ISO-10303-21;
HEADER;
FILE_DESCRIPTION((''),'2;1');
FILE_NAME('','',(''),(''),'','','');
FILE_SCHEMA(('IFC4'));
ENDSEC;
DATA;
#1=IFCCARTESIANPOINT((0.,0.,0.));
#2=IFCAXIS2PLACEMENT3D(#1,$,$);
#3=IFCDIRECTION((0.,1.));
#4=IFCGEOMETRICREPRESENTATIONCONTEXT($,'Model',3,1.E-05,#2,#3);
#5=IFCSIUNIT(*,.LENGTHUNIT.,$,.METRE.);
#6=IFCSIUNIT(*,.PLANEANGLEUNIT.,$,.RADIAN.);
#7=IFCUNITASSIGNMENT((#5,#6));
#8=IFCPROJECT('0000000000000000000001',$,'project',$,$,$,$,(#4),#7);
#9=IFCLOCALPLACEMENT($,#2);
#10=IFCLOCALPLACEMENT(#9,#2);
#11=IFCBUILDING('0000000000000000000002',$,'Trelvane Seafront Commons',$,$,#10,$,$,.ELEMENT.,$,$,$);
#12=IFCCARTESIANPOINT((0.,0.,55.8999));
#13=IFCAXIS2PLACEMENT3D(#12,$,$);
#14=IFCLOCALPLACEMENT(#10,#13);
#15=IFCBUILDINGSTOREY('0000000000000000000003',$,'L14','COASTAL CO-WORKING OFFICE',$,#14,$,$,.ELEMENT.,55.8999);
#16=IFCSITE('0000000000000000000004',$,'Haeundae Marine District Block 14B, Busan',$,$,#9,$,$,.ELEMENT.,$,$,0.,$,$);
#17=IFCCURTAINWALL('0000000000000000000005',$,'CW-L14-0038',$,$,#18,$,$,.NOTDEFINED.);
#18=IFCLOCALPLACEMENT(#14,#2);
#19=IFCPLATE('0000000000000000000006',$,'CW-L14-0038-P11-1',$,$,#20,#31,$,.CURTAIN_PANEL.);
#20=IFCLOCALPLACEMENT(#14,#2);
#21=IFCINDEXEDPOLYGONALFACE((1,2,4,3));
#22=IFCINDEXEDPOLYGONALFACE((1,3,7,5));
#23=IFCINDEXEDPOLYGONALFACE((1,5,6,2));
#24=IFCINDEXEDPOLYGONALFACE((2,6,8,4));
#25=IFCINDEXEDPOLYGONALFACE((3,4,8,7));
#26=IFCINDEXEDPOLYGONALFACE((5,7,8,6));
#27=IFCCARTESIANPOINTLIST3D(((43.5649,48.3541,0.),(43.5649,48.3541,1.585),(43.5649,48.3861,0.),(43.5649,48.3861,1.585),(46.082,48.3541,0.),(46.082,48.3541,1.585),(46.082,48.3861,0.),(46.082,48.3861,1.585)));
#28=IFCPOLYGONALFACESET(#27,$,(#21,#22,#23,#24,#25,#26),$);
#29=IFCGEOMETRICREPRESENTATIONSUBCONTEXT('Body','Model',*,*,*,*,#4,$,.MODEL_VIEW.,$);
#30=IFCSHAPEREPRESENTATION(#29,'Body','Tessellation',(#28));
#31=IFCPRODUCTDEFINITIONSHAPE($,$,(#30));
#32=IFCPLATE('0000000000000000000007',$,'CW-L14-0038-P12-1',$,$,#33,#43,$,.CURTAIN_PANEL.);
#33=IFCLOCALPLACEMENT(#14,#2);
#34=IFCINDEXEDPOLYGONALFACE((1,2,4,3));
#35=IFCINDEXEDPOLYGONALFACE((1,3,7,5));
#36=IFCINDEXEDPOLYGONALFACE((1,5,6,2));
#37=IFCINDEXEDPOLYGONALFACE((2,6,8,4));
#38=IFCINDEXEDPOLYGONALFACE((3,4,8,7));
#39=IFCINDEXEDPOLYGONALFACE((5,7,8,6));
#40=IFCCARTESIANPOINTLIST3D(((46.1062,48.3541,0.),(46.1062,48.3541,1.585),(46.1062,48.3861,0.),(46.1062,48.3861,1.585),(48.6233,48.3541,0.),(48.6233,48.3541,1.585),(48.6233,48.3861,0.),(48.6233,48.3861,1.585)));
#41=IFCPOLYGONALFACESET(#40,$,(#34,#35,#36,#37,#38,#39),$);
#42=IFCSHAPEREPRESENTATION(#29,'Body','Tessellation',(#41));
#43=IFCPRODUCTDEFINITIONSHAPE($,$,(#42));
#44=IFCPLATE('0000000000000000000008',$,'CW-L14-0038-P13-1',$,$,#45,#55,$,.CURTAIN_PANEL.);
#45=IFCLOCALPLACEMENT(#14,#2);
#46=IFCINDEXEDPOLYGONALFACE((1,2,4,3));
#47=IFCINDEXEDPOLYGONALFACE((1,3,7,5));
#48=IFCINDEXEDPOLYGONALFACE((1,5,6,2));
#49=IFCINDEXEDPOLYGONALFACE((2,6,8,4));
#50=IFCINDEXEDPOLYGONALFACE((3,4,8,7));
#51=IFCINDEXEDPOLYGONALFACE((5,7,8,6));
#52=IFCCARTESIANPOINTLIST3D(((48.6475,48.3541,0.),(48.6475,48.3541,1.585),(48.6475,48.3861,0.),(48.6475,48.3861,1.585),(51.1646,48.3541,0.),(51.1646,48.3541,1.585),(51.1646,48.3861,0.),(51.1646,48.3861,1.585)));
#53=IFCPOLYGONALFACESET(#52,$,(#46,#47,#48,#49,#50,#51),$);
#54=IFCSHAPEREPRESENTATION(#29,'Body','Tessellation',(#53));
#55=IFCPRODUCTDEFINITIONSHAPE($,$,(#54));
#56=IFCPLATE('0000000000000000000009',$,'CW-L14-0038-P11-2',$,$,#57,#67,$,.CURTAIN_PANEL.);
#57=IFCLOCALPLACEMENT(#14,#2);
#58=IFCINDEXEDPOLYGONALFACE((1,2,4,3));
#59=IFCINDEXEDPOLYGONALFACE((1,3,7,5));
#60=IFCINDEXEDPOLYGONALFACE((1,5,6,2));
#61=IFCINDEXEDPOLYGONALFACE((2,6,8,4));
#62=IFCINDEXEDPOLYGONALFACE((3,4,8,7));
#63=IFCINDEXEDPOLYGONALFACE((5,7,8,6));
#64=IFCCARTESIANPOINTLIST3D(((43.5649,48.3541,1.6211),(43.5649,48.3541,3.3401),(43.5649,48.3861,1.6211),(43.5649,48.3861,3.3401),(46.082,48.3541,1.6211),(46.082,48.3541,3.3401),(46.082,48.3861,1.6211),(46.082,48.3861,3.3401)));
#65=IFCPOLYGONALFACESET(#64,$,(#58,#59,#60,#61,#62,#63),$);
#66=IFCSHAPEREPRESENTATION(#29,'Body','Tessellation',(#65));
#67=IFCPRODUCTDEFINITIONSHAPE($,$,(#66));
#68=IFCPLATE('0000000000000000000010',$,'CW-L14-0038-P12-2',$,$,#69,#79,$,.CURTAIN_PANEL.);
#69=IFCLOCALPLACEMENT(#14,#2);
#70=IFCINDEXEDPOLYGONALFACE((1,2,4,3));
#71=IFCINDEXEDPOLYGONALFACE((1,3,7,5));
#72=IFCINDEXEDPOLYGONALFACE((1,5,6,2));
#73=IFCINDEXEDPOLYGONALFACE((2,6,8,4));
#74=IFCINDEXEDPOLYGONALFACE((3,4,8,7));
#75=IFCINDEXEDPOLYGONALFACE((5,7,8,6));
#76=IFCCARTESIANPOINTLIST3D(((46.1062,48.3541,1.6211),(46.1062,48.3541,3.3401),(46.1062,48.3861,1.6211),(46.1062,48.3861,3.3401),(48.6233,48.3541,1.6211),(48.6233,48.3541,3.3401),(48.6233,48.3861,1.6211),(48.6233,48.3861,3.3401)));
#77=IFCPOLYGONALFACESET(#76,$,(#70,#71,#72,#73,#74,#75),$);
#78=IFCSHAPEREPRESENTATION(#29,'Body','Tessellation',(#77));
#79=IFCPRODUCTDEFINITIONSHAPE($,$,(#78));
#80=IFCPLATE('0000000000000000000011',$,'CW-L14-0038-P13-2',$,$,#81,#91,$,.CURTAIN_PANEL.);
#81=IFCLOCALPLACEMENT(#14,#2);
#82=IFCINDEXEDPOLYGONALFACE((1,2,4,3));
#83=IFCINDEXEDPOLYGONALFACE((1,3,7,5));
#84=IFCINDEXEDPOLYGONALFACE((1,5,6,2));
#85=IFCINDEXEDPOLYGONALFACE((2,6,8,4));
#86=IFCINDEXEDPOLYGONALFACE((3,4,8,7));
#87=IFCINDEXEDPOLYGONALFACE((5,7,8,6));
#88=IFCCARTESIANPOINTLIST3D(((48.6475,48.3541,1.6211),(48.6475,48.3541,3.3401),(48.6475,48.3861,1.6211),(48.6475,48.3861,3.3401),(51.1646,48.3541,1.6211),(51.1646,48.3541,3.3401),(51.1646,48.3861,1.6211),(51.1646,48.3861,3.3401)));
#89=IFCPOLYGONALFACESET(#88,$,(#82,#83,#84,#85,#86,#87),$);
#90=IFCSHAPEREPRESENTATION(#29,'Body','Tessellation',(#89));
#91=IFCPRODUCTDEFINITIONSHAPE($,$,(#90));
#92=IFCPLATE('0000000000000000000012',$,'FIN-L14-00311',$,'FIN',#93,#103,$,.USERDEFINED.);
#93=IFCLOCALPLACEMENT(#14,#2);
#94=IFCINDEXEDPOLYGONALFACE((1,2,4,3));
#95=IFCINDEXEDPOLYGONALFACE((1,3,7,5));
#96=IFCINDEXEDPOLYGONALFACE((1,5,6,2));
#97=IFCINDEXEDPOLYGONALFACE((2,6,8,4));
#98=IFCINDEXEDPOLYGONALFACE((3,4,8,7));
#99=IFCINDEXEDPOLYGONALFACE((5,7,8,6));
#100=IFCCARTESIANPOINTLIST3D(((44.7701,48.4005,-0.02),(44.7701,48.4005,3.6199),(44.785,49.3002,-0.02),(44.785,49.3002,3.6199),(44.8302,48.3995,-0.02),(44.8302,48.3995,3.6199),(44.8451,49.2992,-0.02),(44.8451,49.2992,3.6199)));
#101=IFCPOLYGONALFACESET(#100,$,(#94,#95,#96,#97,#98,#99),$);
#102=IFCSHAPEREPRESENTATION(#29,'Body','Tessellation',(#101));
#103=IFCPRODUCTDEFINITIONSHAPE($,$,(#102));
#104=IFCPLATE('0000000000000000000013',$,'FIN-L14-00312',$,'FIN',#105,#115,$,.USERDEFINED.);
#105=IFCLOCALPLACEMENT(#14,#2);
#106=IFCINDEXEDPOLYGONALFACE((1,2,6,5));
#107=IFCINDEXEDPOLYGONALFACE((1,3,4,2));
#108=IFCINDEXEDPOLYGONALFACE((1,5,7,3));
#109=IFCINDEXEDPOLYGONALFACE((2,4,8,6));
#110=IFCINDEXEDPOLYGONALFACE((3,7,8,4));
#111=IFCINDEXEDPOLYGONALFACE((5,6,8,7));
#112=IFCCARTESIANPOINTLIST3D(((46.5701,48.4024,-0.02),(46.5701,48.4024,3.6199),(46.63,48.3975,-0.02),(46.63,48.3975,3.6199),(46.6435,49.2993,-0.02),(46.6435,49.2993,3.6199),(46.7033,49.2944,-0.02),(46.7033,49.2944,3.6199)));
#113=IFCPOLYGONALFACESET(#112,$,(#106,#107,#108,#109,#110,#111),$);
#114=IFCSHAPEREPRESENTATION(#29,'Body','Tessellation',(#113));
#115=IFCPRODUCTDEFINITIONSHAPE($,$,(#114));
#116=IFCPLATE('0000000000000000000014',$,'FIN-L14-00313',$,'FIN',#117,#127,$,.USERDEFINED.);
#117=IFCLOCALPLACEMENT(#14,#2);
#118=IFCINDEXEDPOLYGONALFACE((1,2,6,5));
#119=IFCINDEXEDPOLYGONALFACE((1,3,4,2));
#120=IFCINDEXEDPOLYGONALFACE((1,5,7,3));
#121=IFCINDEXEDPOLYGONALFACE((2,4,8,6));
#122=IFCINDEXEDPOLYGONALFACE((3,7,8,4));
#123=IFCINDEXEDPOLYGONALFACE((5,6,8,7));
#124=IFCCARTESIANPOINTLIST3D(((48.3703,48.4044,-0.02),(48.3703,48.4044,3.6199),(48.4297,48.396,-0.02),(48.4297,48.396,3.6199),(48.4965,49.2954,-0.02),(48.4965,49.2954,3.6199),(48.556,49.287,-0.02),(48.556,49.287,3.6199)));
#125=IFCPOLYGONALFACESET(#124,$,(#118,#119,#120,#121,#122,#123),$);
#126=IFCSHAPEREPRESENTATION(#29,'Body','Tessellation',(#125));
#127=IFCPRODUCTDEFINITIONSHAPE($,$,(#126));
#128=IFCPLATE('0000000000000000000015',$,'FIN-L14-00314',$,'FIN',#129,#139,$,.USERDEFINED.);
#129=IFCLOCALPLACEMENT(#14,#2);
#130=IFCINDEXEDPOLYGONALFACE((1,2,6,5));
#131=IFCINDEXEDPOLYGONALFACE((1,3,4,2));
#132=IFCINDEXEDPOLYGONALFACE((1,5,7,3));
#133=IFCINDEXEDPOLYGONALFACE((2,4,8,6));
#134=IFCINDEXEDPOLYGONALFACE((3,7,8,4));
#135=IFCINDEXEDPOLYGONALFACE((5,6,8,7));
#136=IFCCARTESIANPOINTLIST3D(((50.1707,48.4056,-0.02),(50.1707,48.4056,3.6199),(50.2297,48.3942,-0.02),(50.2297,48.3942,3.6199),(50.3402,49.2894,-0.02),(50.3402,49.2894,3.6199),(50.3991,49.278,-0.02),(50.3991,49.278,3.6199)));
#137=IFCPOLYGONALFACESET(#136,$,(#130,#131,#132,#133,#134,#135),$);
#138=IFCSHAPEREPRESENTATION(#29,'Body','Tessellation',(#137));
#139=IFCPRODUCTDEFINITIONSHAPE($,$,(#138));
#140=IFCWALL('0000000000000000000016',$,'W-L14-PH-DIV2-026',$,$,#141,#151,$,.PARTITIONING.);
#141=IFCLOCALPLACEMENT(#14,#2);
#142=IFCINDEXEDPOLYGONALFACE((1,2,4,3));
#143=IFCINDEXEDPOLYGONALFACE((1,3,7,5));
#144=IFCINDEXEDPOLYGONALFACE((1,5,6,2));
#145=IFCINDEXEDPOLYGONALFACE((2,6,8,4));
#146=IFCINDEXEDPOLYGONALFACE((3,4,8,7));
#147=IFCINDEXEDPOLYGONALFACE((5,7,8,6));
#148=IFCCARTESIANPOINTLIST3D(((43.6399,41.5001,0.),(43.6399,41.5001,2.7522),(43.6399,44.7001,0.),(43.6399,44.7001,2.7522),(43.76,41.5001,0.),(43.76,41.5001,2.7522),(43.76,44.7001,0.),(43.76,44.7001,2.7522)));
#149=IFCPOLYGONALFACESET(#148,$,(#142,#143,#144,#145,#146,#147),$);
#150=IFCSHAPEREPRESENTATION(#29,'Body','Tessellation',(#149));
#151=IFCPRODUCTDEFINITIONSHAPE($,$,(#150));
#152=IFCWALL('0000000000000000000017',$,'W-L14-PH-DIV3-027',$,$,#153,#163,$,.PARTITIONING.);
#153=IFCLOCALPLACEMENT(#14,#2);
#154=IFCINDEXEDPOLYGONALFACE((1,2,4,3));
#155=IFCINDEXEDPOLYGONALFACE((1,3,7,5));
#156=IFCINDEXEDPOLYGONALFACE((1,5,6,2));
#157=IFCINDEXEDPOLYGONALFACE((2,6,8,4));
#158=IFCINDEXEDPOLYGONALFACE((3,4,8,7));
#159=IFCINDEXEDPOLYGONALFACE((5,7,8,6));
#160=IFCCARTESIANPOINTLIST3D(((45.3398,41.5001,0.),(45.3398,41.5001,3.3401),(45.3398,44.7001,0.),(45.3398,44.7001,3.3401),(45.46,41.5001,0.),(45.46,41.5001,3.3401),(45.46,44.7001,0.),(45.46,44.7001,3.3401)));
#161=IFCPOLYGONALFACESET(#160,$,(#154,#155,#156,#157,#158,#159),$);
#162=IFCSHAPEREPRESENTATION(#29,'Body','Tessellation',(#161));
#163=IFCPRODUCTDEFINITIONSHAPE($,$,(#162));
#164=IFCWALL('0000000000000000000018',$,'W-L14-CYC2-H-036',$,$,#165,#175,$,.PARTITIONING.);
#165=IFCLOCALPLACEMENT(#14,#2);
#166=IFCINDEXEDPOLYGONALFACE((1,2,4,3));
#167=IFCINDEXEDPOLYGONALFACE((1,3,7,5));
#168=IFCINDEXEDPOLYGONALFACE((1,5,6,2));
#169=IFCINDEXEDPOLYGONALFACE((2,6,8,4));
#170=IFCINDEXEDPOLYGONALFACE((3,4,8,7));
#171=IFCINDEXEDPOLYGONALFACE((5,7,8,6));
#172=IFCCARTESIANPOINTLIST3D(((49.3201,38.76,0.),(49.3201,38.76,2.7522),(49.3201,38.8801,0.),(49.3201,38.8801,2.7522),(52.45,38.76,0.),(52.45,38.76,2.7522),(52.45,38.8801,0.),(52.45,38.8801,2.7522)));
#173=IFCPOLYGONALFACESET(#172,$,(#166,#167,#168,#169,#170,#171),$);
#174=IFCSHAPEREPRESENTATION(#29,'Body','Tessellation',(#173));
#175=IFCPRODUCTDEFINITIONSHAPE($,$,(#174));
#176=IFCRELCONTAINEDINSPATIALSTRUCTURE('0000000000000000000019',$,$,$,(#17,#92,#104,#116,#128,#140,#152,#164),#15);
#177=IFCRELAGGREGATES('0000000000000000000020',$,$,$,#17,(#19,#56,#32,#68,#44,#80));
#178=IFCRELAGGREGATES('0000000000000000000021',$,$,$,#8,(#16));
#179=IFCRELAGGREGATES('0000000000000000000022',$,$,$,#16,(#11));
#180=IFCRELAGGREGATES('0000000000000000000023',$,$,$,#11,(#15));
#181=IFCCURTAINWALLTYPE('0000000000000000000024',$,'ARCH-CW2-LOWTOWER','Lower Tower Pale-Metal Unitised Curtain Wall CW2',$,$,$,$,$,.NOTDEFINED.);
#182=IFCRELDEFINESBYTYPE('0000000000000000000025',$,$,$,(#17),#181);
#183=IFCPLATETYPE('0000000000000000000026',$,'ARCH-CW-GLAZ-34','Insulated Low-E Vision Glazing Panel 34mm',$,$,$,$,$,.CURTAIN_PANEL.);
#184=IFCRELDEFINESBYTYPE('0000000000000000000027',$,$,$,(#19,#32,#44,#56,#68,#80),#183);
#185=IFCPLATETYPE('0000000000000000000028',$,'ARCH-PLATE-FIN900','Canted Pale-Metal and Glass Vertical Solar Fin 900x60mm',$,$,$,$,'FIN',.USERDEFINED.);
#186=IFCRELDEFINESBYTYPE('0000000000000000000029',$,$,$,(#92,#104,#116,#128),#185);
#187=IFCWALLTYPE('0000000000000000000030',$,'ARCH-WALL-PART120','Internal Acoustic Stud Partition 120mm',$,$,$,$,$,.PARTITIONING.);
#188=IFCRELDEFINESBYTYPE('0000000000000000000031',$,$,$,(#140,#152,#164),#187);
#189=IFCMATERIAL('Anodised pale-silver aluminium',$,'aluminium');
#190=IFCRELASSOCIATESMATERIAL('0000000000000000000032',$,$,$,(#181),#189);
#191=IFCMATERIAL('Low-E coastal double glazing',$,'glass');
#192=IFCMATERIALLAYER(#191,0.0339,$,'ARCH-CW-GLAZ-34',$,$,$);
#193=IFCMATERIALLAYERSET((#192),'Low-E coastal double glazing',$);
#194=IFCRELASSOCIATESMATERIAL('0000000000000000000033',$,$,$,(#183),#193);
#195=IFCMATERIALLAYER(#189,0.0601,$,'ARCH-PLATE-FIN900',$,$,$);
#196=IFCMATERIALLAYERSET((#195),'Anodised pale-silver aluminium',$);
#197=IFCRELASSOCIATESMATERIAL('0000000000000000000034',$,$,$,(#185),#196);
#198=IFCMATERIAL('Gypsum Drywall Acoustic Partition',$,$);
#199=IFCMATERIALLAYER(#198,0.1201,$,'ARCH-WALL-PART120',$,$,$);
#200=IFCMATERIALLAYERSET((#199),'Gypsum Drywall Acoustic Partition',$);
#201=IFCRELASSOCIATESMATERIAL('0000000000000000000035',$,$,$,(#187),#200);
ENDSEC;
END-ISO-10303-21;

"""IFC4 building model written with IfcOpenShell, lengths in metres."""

from ifc_helpers import new_model, si_unit, direction, frame, frame_2d, origin, origin_2d, place, context, subcontext, project, spatial, rectangle, extrude, source, transform, mapped, material, layer, layer_set, type_object, element, aggregate, save


model = new_model("IFC4")

# Units and contexts
model_context = context("Model", 3, precision=1e-05, world=origin(), true_north=direction((0.0, 1.0)))
body_context = subcontext(model_context, "Body", "Model", "MODEL_VIEW")
ifc_project = project(units=[si_unit("LENGTHUNIT", "METRE"), si_unit("PLANEANGLEUNIT", "RADIAN")], contexts=[model_context])

# Site, building, storey
site_placement = place(None, origin())
site = spatial("IfcSite", under=ifc_project, at=site_placement, Name="Haeundae Marine District Block 14B, Busan", CompositionType="ELEMENT", RefElevation=0.0)
building_placement = place(site_placement, origin())
building = spatial("IfcBuilding", under=site, at=building_placement, Name="Trelvane Seafront Commons", CompositionType="ELEMENT")
storey_placement = place(building_placement, frame((0.0, 0.0, 55.8999)))
storey = spatial("IfcBuildingStorey", under=building, at=storey_placement, Name="L14", Description="COASTAL CO-WORKING OFFICE", CompositionType="ELEMENT", Elevation=55.8999)

# Curtain wall, plates
ifc_material_1 = material(Name="Anodised pale-silver aluminium", Category="aluminium")
curtain_wall_type = type_object("IfcCurtainWallType", Name="ARCH-CW2-LOWTOWER", Description="Lower Tower Pale-Metal Unitised Curtain Wall CW2", PredefinedType="NOTDEFINED", material=ifc_material_1)
curtain_wall_placement = place(storey_placement, origin())
curtain_wall = element("IfcCurtainWall", 1, at=curtain_wall_placement, inside=storey, type_object=curtain_wall_type, Name="CW-L14-0038", PredefinedType="NOTDEFINED")
ifc_material_2 = material(Name="Low-E coastal double glazing", Category="glass")
ifc_layer_1 = layer(ifc_material_2, 0.0339, Name="ARCH-CW-GLAZ-34")
ifc_layer_set_1 = layer_set([ifc_layer_1], Name="Low-E coastal double glazing")
plate_type_1 = type_object("IfcPlateType", Name="ARCH-CW-GLAZ-34", Description="Insulated Low-E Vision Glazing Panel 34mm", PredefinedType="CURTAIN_PANEL", material=ifc_layer_set_1)
shared_shape_1 = source(origin(), body_context, "Body", "SweptSolid", [
    extrude(rectangle(XDim=2.5171, YDim=0.032, at=origin_2d()), origin(), (0.0, 0.0, 1.0), 1.585),
])
plate_1_placement = place(storey_placement, frame((44.8235, 48.3701, 0.0), z_axis=(0.0, 0.0, 1.0), x_axis=(1.0, 0.0, 0.0)))
plate_1 = element("IfcPlate", 2, at=plate_1_placement, type_object=plate_type_1, Name="CW-L14-0038-P11-1", PredefinedType="CURTAIN_PANEL", context=body_context, shape_type="MappedRepresentation", body=[
    mapped(shared_shape_1, transform((0.0, 0.0, 0.0), x_axis=(1.0, 0.0, 0.0), y_axis=(0.0, 1.0, 0.0), z_axis=(0.0, 0.0, 1.0), scale=1.0)),
])
plate_2_placement = place(storey_placement, frame((47.3647, 48.3701, 0.0), z_axis=(0.0, 0.0, 1.0), x_axis=(1.0, 0.0, 0.0)))
plate_2 = element("IfcPlate", 3, at=plate_2_placement, type_object=plate_type_1, Name="CW-L14-0038-P12-1", PredefinedType="CURTAIN_PANEL", context=body_context, shape_type="MappedRepresentation", body=[
    mapped(shared_shape_1, transform((0.0, 0.0, 0.0), x_axis=(1.0, 0.0, 0.0), y_axis=(0.0, 1.0, 0.0), z_axis=(0.0, 0.0, 1.0), scale=1.0)),
])
plate_3_placement = place(storey_placement, frame((49.906, 48.3701, 0.0), z_axis=(0.0, 0.0, 1.0), x_axis=(1.0, 0.0, 0.0)))
plate_3 = element("IfcPlate", 4, at=plate_3_placement, type_object=plate_type_1, Name="CW-L14-0038-P13-1", PredefinedType="CURTAIN_PANEL", context=body_context, shape_type="MappedRepresentation", body=[
    mapped(shared_shape_1, transform((0.0, 0.0, 0.0), x_axis=(1.0, 0.0, 0.0), y_axis=(0.0, 1.0, 0.0), z_axis=(0.0, 0.0, 1.0), scale=1.0)),
])
shared_shape_2 = source(origin(), body_context, "Body", "SweptSolid", [
    extrude(rectangle(XDim=2.5171, YDim=0.032, at=origin_2d()), origin(), (0.0, 0.0, 1.0), 1.719),
])
plate_4_placement = place(storey_placement, frame((44.8235, 48.3701, 1.6211), z_axis=(0.0, 0.0, 1.0), x_axis=(1.0, 0.0, 0.0)))
plate_4 = element("IfcPlate", 5, at=plate_4_placement, type_object=plate_type_1, Name="CW-L14-0038-P11-2", PredefinedType="CURTAIN_PANEL", context=body_context, shape_type="MappedRepresentation", body=[
    mapped(shared_shape_2, transform((0.0, 0.0, 0.0), x_axis=(1.0, 0.0, 0.0), y_axis=(0.0, 1.0, 0.0), z_axis=(0.0, 0.0, 1.0), scale=1.0)),
])
plate_5_placement = place(storey_placement, frame((47.3647, 48.3701, 1.6211), z_axis=(0.0, 0.0, 1.0), x_axis=(1.0, 0.0, 0.0)))
plate_5 = element("IfcPlate", 6, at=plate_5_placement, type_object=plate_type_1, Name="CW-L14-0038-P12-2", PredefinedType="CURTAIN_PANEL", context=body_context, shape_type="MappedRepresentation", body=[
    mapped(shared_shape_2, transform((0.0, 0.0, 0.0), x_axis=(1.0, 0.0, 0.0), y_axis=(0.0, 1.0, 0.0), z_axis=(0.0, 0.0, 1.0), scale=1.0)),
])
plate_6_placement = place(storey_placement, frame((49.906, 48.3701, 1.6211), z_axis=(0.0, 0.0, 1.0), x_axis=(1.0, 0.0, 0.0)))
plate_6 = element("IfcPlate", 7, at=plate_6_placement, type_object=plate_type_1, Name="CW-L14-0038-P13-2", PredefinedType="CURTAIN_PANEL", context=body_context, shape_type="MappedRepresentation", body=[
    mapped(shared_shape_2, transform((0.0, 0.0, 0.0), x_axis=(1.0, 0.0, 0.0), y_axis=(0.0, 1.0, 0.0), z_axis=(0.0, 0.0, 1.0), scale=1.0)),
])
aggregate(curtain_wall, [plate_1, plate_4, plate_2, plate_5, plate_3, plate_6])

# Plates
ifc_layer_2 = layer(ifc_material_1, 0.0601, Name="ARCH-PLATE-FIN900")
ifc_layer_set_2 = layer_set([ifc_layer_2], Name="Anodised pale-silver aluminium")
plate_type_2 = type_object("IfcPlateType", Name="ARCH-PLATE-FIN900", Description="Canted Pale-Metal and Glass Vertical Solar Fin 900x60mm", ElementType="FIN", PredefinedType="USERDEFINED", material=ifc_layer_set_2)
shared_shape_3 = source(origin(), body_context, "Body", "SweptSolid", [
    extrude(rectangle(XDim=0.8999, YDim=0.0601, at=origin_2d()), origin(), (0.0, 0.0, 1.0), 3.6399),
])
for number, where, z_axis, x_axis, name in (
    (8, (44.8076, 48.8499, -0.02), (0.0, 0.0, 1.0), (0.016555, 0.999863, 0.0), "FIN-L14-00311"),
    (9, (46.6367, 48.8484, -0.02), (0.0, 0.0, 1.0), (0.081556, 0.996669, 0.0), "FIN-L14-00312"),
    (10, (48.4631, 48.8457, -0.02), (0.0, 0.0, 1.0), (0.140333, 0.990104, 0.0), "FIN-L14-00313"),
    (11, (50.2849, 48.8418, -0.02), (0.0, 0.0, 1.0), (0.188333, 0.982105, 0.0), "FIN-L14-00314"),
):
    element("IfcPlate", number, at=place(storey_placement, frame(where, z_axis=z_axis, x_axis=x_axis)), inside=storey, type_object=plate_type_2, Name=name, ObjectType="FIN", PredefinedType="USERDEFINED", context=body_context, shape_type="MappedRepresentation", body=[
        mapped(shared_shape_3, transform((0.0, 0.0, 0.0), x_axis=(1.0, 0.0, 0.0), y_axis=(0.0, 1.0, 0.0), z_axis=(0.0, 0.0, 1.0), scale=1.0)),
    ])

# Walls
ifc_material_3 = material(Name="Gypsum Drywall Acoustic Partition")
ifc_layer_3 = layer(ifc_material_3, 0.1201, Name="ARCH-WALL-PART120")
ifc_layer_set_3 = layer_set([ifc_layer_3], Name="Gypsum Drywall Acoustic Partition")
wall_type_1 = type_object("IfcWallType", Name="ARCH-WALL-PART120", Description="Internal Acoustic Stud Partition 120mm", PredefinedType="PARTITIONING", material=ifc_layer_set_3)
wall_1_placement = place(storey_placement, frame((43.7, 41.5, 0.0), z_axis=(0.0, 0.0, 1.0), x_axis=(0.0, 1.0, 0.0)))
element("IfcWall", 12, at=wall_1_placement, inside=storey, type_object=wall_type_1, Name="W-L14-PH-DIV2-026", PredefinedType="PARTITIONING", context=body_context, shape_type="SweptSolid", body=[
    extrude(rectangle(XDim=3.2, YDim=0.1201, at=frame_2d((1.6001, 0.0))), origin(), (0.0, 0.0, 1.0), 2.7522),
])
wall_2_placement = place(storey_placement, frame((45.3999, 41.5, 0.0), z_axis=(0.0, 0.0, 1.0), x_axis=(0.0, 1.0, 0.0)))
element("IfcWall", 13, at=wall_2_placement, inside=storey, type_object=wall_type_1, Name="W-L14-PH-DIV3-027", PredefinedType="PARTITIONING", context=body_context, shape_type="SweptSolid", body=[
    extrude(rectangle(XDim=3.2, YDim=0.1201, at=frame_2d((1.6001, 0.0))), origin(), (0.0, 0.0, 1.0), 3.3401),
])
wall_3_placement = place(storey_placement, frame((49.3201, 38.8201, 0.0), z_axis=(0.0, 0.0, 1.0), x_axis=(1.0, 0.0, 0.0)))
element("IfcWall", 14, at=wall_3_placement, inside=storey, type_object=wall_type_1, Name="W-L14-CYC2-H-036", PredefinedType="PARTITIONING", context=body_context, shape_type="SweptSolid", body=[
    extrude(rectangle(XDim=3.1299, YDim=0.1201, at=frame_2d((1.5649, 0.0))), origin(), (0.0, 0.0, 1.0), 2.7522),
])

save(model, "model.ifc")
